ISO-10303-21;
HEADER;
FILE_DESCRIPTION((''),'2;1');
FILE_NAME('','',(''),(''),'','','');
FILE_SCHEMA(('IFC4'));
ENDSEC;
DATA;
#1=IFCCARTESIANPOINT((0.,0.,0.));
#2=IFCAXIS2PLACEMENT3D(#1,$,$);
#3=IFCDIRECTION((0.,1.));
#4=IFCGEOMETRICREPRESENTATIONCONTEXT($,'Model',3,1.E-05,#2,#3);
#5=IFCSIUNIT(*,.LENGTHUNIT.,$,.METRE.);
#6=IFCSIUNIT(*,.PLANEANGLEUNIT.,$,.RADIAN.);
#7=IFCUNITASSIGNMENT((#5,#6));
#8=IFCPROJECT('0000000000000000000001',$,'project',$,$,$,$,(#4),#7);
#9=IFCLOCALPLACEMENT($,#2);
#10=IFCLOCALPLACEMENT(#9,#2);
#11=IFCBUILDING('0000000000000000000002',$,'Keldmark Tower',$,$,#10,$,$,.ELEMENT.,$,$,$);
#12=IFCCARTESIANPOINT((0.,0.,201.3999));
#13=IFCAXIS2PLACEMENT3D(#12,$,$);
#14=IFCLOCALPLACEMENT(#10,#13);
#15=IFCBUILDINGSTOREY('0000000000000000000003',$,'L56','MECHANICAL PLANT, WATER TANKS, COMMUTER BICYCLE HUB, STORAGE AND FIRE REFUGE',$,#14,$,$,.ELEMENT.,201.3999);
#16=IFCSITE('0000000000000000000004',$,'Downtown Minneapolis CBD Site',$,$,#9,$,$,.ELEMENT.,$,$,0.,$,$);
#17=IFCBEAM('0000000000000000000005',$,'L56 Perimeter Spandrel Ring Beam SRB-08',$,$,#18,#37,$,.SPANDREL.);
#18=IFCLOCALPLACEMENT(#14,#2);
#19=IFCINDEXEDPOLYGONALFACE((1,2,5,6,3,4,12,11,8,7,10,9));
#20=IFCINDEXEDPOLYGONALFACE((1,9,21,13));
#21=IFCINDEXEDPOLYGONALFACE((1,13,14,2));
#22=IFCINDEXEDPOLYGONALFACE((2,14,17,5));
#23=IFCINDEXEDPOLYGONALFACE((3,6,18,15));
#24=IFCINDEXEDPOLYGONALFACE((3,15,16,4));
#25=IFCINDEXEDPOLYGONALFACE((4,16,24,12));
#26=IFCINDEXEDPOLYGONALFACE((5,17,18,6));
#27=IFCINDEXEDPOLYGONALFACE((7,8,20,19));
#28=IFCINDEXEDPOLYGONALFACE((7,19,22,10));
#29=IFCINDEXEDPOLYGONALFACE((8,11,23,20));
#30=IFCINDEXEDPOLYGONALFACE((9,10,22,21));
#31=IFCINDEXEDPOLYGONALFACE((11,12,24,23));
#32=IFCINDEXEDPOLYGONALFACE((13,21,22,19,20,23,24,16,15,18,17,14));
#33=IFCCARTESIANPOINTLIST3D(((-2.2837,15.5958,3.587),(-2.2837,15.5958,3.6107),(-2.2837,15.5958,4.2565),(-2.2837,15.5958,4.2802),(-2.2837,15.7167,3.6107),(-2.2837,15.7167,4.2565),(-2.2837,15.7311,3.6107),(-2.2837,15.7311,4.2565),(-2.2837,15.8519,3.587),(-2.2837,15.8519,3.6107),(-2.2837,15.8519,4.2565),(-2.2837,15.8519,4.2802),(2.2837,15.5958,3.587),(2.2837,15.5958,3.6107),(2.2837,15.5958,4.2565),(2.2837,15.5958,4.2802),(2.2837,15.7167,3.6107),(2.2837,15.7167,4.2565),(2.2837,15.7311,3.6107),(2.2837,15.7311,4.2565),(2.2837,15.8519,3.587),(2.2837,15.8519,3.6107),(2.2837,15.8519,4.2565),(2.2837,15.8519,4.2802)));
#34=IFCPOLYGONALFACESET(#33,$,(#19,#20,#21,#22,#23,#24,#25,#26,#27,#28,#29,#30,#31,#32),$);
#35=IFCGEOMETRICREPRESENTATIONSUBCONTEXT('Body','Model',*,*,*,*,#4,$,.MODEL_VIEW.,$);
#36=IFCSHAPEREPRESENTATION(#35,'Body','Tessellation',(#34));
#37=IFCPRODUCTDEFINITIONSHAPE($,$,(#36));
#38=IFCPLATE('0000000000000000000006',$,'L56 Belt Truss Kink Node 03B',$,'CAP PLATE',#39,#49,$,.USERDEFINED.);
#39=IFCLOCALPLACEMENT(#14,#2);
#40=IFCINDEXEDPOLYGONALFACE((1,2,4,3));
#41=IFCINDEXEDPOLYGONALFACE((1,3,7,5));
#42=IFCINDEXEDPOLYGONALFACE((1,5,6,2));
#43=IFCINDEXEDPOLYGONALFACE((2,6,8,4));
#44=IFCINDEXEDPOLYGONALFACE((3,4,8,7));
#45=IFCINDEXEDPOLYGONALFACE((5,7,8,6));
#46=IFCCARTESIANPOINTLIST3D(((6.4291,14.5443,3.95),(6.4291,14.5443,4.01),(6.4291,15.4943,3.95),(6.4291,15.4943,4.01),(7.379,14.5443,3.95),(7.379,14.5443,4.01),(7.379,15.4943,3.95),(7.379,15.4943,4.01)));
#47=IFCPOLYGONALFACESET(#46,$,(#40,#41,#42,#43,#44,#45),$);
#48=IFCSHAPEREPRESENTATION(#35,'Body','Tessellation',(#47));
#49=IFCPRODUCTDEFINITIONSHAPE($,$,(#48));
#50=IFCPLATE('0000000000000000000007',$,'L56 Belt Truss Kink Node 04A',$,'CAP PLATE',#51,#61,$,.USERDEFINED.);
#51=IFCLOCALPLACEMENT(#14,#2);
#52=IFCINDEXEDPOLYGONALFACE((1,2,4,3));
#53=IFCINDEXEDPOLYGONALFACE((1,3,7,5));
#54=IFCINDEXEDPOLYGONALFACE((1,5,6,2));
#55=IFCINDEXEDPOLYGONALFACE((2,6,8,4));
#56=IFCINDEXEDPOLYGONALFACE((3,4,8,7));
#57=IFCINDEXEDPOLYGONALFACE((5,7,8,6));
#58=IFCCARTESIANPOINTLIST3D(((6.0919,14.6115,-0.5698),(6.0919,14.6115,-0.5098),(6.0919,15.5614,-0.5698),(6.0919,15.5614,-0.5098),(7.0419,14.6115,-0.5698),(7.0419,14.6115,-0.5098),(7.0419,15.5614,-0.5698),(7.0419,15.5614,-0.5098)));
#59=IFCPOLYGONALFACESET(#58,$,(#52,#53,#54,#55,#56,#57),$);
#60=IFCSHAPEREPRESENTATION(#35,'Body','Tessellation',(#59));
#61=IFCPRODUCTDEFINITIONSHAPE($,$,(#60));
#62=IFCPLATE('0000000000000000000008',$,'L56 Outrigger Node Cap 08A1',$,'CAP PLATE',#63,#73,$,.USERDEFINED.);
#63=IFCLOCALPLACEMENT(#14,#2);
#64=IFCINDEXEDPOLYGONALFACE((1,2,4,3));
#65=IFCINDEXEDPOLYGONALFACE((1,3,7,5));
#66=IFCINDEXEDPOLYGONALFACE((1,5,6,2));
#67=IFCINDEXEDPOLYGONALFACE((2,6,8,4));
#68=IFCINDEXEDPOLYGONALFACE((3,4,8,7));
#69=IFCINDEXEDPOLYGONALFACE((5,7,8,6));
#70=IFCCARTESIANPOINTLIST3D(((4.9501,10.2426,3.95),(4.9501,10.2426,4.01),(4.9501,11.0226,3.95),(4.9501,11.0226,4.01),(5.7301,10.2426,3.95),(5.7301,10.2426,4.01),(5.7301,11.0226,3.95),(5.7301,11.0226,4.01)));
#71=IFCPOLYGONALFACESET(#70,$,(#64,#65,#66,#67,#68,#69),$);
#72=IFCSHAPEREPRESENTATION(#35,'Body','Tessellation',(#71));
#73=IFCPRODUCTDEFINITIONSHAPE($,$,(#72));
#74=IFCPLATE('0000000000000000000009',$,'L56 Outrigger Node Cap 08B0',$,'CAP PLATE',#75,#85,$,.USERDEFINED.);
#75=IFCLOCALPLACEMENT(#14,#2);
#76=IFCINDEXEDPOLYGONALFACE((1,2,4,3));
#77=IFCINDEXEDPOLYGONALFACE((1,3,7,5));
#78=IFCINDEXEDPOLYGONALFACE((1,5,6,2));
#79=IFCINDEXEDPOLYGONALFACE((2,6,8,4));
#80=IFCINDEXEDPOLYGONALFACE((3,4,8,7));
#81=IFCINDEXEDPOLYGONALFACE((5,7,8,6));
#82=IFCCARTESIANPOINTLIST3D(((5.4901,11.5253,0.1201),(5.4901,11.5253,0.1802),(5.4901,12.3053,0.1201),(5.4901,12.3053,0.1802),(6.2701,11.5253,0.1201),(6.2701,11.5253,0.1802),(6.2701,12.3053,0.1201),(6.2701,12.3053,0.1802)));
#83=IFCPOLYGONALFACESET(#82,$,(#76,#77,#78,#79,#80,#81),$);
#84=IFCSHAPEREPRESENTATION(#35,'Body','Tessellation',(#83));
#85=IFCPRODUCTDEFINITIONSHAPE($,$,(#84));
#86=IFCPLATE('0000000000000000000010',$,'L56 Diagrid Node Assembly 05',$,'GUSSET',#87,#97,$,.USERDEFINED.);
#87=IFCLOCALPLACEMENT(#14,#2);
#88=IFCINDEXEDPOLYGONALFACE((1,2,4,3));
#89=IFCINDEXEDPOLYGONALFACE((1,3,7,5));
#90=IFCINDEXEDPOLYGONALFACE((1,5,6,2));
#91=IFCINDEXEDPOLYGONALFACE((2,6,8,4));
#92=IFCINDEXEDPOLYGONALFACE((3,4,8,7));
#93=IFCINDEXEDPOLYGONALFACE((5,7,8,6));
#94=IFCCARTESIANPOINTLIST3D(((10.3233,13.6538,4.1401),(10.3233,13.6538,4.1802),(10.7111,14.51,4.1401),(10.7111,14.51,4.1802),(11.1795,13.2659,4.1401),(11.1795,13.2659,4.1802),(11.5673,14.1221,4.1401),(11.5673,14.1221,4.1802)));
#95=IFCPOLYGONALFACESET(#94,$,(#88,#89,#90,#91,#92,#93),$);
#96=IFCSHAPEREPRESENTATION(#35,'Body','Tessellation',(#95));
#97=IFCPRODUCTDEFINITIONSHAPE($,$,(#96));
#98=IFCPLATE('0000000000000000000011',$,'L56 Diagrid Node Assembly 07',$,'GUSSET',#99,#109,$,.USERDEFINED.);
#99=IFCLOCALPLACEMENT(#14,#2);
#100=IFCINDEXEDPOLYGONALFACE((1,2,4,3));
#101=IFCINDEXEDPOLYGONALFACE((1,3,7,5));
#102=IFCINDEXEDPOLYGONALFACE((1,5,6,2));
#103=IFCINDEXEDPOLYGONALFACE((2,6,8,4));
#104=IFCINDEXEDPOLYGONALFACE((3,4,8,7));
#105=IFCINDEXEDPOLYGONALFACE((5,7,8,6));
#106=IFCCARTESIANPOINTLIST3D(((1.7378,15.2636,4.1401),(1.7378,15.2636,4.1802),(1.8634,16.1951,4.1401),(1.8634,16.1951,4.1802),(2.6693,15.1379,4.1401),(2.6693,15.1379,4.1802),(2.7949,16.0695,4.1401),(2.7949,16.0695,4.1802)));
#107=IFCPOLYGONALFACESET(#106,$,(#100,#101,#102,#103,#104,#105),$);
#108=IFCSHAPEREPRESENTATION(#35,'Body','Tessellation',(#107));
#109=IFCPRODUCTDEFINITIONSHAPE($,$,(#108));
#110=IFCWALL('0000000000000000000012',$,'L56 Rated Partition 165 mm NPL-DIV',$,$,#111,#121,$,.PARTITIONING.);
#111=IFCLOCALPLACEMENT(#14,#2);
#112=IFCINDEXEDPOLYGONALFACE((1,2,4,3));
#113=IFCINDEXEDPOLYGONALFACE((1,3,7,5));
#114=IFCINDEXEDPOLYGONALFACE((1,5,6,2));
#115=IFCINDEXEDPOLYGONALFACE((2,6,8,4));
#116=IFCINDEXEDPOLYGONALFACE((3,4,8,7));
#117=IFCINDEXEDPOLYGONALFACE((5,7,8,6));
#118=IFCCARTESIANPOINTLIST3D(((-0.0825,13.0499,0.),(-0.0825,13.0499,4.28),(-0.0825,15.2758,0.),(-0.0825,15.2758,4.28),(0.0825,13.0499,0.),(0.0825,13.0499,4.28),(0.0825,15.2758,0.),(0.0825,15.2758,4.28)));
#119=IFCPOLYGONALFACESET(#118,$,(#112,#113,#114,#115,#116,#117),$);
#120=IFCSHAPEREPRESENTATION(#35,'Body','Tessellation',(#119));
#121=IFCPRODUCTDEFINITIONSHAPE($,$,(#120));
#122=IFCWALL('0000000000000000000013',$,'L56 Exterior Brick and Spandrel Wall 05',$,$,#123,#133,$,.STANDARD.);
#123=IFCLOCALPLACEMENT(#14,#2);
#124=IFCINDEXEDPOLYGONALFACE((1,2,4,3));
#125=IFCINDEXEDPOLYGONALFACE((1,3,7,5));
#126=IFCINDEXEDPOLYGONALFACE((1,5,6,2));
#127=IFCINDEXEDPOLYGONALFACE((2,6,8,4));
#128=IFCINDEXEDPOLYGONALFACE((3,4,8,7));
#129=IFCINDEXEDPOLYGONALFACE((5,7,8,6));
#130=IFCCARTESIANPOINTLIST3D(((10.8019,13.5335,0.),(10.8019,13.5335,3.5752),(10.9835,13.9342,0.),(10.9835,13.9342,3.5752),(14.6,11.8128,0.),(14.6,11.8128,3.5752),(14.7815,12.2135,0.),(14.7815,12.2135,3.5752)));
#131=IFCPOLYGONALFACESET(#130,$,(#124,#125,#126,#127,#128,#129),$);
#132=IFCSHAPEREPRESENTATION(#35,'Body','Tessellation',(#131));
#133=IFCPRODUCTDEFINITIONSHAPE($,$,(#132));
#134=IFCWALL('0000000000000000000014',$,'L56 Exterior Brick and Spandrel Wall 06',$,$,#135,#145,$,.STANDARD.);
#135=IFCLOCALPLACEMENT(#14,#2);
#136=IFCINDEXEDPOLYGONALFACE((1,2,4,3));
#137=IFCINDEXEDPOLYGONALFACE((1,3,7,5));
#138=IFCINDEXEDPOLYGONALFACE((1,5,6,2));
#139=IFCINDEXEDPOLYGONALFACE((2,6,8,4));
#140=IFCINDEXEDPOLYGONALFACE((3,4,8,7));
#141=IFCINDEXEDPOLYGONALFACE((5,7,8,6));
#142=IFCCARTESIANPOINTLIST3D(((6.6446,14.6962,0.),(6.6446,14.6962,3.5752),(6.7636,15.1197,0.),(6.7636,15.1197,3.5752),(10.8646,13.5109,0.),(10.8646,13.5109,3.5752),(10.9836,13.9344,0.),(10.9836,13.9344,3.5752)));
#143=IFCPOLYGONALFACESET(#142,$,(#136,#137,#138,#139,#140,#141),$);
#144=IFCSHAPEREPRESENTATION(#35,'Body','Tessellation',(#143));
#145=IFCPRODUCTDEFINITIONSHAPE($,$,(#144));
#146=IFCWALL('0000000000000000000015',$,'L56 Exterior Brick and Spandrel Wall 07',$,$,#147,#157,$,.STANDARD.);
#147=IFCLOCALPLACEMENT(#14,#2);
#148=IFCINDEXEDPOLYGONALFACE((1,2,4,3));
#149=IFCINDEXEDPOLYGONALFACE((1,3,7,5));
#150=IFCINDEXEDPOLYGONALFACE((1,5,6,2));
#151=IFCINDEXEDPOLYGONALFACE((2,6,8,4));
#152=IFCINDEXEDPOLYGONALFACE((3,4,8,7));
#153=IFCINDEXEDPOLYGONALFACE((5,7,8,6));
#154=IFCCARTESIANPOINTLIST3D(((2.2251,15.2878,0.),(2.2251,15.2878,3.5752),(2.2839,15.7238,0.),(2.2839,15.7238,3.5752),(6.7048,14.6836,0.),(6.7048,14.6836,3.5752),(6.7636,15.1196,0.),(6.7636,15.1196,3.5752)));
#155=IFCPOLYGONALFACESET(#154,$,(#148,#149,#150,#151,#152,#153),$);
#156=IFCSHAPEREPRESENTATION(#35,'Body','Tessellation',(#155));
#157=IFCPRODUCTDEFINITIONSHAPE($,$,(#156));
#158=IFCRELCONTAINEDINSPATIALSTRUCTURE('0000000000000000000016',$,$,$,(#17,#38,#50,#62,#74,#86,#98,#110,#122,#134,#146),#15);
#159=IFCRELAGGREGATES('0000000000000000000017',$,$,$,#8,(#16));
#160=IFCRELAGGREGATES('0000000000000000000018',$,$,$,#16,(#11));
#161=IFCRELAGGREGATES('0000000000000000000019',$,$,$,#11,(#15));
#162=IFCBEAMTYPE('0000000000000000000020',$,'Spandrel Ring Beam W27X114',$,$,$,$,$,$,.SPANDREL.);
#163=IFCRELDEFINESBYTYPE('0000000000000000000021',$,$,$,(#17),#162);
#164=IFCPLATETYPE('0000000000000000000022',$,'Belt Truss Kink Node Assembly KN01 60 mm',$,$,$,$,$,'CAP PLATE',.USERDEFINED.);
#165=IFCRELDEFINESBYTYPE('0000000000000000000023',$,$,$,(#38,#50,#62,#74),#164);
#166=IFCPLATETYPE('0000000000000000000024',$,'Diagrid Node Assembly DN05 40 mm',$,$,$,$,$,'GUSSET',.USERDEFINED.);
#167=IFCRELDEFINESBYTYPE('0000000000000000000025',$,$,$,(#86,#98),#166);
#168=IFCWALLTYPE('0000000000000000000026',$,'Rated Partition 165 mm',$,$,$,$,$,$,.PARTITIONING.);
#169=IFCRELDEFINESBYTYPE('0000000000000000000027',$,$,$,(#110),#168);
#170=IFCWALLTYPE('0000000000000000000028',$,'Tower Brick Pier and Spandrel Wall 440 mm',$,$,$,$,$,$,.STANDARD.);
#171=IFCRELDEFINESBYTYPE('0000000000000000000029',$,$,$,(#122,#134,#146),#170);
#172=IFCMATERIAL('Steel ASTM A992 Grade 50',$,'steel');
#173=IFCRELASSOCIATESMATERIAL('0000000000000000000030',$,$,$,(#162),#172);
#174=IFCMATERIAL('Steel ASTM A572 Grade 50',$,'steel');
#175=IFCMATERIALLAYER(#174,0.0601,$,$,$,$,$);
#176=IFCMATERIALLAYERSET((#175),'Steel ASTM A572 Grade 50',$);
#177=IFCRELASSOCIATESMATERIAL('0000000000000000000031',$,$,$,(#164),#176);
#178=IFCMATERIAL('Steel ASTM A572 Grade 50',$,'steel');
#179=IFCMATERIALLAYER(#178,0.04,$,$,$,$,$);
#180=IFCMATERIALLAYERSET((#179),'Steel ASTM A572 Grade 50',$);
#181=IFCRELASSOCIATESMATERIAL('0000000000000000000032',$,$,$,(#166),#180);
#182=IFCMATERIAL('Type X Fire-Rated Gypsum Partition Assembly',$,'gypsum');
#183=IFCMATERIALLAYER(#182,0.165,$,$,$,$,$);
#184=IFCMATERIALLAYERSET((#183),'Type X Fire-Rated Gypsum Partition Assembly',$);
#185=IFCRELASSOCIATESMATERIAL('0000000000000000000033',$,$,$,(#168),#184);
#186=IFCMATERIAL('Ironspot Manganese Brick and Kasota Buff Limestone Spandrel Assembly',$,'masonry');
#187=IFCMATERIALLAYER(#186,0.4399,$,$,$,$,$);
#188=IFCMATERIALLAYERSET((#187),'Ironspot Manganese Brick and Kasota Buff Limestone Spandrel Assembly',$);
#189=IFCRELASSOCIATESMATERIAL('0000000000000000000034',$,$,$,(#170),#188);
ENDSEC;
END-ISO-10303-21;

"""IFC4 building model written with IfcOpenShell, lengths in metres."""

from ifc_helpers import new_model, si_unit, direction, frame, frame_2d, origin, origin_2d, place, context, subcontext, project, spatial, rectangle, i_section, extrude, material, layer, layer_set, material_profile, profile_set, type_object, element, save


model = new_model("IFC4")

# Units and contexts
model_context = context("Model", 3, precision=1e-05, world=origin(), true_north=direction((0.0, 1.0)))
body_context = subcontext(model_context, "Body", "Model", "MODEL_VIEW")
ifc_project = project(units=[si_unit("LENGTHUNIT", "METRE"), si_unit("PLANEANGLEUNIT", "RADIAN")], contexts=[model_context])

# Site, building, storey
site_placement = place(None, origin())
site = spatial("IfcSite", under=ifc_project, at=site_placement, Name="Downtown Minneapolis CBD Site", CompositionType="ELEMENT", RefElevation=0.0)
building_placement = place(site_placement, origin())
building = spatial("IfcBuilding", under=site, at=building_placement, Name="Keldmark Tower", CompositionType="ELEMENT")
storey_placement = place(building_placement, frame((0.0, 0.0, 201.3999)))
storey = spatial("IfcBuildingStorey", under=building, at=storey_placement, Name="L56", Description="MECHANICAL PLANT, WATER TANKS, COMMUTER BICYCLE HUB, STORAGE AND FIRE REFUGE", CompositionType="ELEMENT", Elevation=201.3999)

# Beam
ifc_material_1 = material(Name="Steel ASTM A992 Grade 50", Category="steel")
ifc_material_profile_1 = material_profile(ifc_material_1, i_section(OverallWidth=0.2561, OverallDepth=0.6931, WebThickness=0.0144, FlangeThickness=0.0237, at=origin_2d()), Name="W27X114")
ifc_profile_set_1 = profile_set([ifc_material_profile_1], Name="Steel ASTM A992 Grade 50")
beam_type_1 = type_object("IfcBeamType", Name="Spandrel Ring Beam W27X114", PredefinedType="SPANDREL", material=ifc_profile_set_1)
beam_1_placement = place(storey_placement, frame((2.2837, 15.7239, 3.9336), z_axis=(-1.0, 0.0, 0.0), x_axis=(0.0, -1.0, 0.0)))
element("IfcBeam", 1, at=beam_1_placement, inside=storey, type_object=beam_type_1, Name="L56 Perimeter Spandrel Ring Beam SRB-08", PredefinedType="SPANDREL", context=body_context, shape_type="SweptSolid", body=[
    extrude(i_section(OverallWidth=0.2561, OverallDepth=0.6931, WebThickness=0.0144, FlangeThickness=0.0237, at=origin_2d()), origin(), (0.0, 0.0, 1.0), 4.5674),
])

# Plates
ifc_material_2 = material(Name="Steel ASTM A572 Grade 50", Category="steel")
ifc_layer_1 = layer(ifc_material_2, 0.0601)
ifc_layer_set_1 = layer_set([ifc_layer_1], Name="Steel ASTM A572 Grade 50")
plate_type_1 = type_object("IfcPlateType", Name="Belt Truss Kink Node Assembly KN01 60 mm", ElementType="CAP PLATE", PredefinedType="USERDEFINED", material=ifc_layer_set_1)
for number, where, z_axis, x_axis, name in (
    (2, (6.9041, 15.0193, 3.95), (0.0, 0.0, 1.0), (1.0, 0.0, 0.0), "L56 Belt Truss Kink Node 03B"),
    (3, (6.5669, 15.0864, -0.5698), (0.0, 0.0, 1.0), (1.0, 0.0, 0.0), "L56 Belt Truss Kink Node 04A"),
):
    element("IfcPlate", number, at=place(storey_placement, frame(where, z_axis=z_axis, x_axis=x_axis)), inside=storey, type_object=plate_type_1, Name=name, ObjectType="CAP PLATE", PredefinedType="USERDEFINED", context=body_context, shape_type="SweptSolid", body=[
        extrude(rectangle(XDim=0.95, YDim=0.95, at=origin_2d()), origin(), (0.0, 0.0, 1.0), 0.0601),
    ])
for number, where, z_axis, x_axis, name in (
    (4, (5.3401, 10.6326, 3.95), (0.0, 0.0, 1.0), (1.0, 0.0, 0.0), "L56 Outrigger Node Cap 08A1"),
    (5, (5.8801, 11.9153, 0.1201), (0.0, 0.0, 1.0), (1.0, 0.0, 0.0), "L56 Outrigger Node Cap 08B0"),
):
    element("IfcPlate", number, at=place(storey_placement, frame(where, z_axis=z_axis, x_axis=x_axis)), inside=storey, type_object=plate_type_1, Name=name, ObjectType="CAP PLATE", PredefinedType="USERDEFINED", context=body_context, shape_type="SweptSolid", body=[
        extrude(rectangle(XDim=0.78, YDim=0.78, at=origin_2d()), origin(), (0.0, 0.0, 1.0), 0.0601),
    ])
ifc_material_3 = material(Name="Steel ASTM A572 Grade 50", Category="steel")
ifc_layer_2 = layer(ifc_material_3, 0.04)
ifc_layer_set_2 = layer_set([ifc_layer_2], Name="Steel ASTM A572 Grade 50")
plate_type_2 = type_object("IfcPlateType", Name="Diagrid Node Assembly DN05 40 mm", ElementType="GUSSET", PredefinedType="USERDEFINED", material=ifc_layer_set_2)
for number, where, z_axis, x_axis, name in (
    (6, (10.9453, 13.8879, 4.1401), (0.0, 0.0, 1.0), (-0.9109, 0.412628, 0.0), "L56 Diagrid Node Assembly 05"),
    (7, (2.2664, 15.6665, 4.1401), (0.0, 0.0, 1.0), (-0.99103, 0.13364, 0.0), "L56 Diagrid Node Assembly 07"),
):
    element("IfcPlate", number, at=place(storey_placement, frame(where, z_axis=z_axis, x_axis=x_axis)), inside=storey, type_object=plate_type_2, Name=name, ObjectType="GUSSET", PredefinedType="USERDEFINED", context=body_context, shape_type="SweptSolid", body=[
        extrude(rectangle(XDim=0.9399, YDim=0.9399, at=origin_2d()), origin(), (0.0, 0.0, 1.0), 0.04),
    ])

# Walls
ifc_material_4 = material(Name="Type X Fire-Rated Gypsum Partition Assembly", Category="gypsum")
ifc_layer_3 = layer(ifc_material_4, 0.165)
ifc_layer_set_3 = layer_set([ifc_layer_3], Name="Type X Fire-Rated Gypsum Partition Assembly")
wall_type_1 = type_object("IfcWallType", Name="Rated Partition 165 mm", PredefinedType="PARTITIONING", material=ifc_layer_set_3)
wall_1_placement = place(storey_placement, frame((0.0, 13.05, 0.0), z_axis=(0.0, 0.0, 1.0), x_axis=(0.0, 1.0, 0.0)))
element("IfcWall", 8, at=wall_1_placement, inside=storey, type_object=wall_type_1, Name="L56 Rated Partition 165 mm NPL-DIV", PredefinedType="PARTITIONING", context=body_context, shape_type="SweptSolid", body=[
    extrude(rectangle(XDim=2.2258, YDim=0.165, at=frame_2d((1.1128, 0.0))), origin(), (0.0, 0.0, 1.0), 4.28),
])
ifc_material_5 = material(Name="Ironspot Manganese Brick and Kasota Buff Limestone Spandrel Assembly", Category="masonry")
ifc_layer_4 = layer(ifc_material_5, 0.4399)
ifc_layer_set_4 = layer_set([ifc_layer_4], Name="Ironspot Manganese Brick and Kasota Buff Limestone Spandrel Assembly")
wall_type_2 = type_object("IfcWallType", Name="Tower Brick Pier and Spandrel Wall 440 mm", PredefinedType="STANDARD", material=ifc_layer_set_4)
wall_2_placement = place(storey_placement, frame((10.8926, 13.7339, 0.0), z_axis=(0.0, 0.0, 1.0), x_axis=(0.910881, -0.412669, 0.0)))
element("IfcWall", 9, at=wall_2_placement, inside=storey, type_object=wall_type_2, Name="L56 Exterior Brick and Spandrel Wall 05", PredefinedType="STANDARD", context=body_context, shape_type="SweptSolid", body=[
    extrude(rectangle(XDim=4.1697, YDim=0.4399, at=frame_2d((2.085, 0.0))), origin(), (0.0, 0.0, 1.0), 3.5752),
])
wall_3_placement = place(storey_placement, frame((6.7041, 14.908, 0.0), z_axis=(0.0, 0.0, 1.0), x_axis=(0.962744, -0.270415, 0.0)))
element("IfcWall", 10, at=wall_3_placement, inside=storey, type_object=wall_type_2, Name="L56 Exterior Brick and Spandrel Wall 06", PredefinedType="STANDARD", context=body_context, shape_type="SweptSolid", body=[
    extrude(rectangle(XDim=4.3833, YDim=0.4399, at=frame_2d((2.1917, 0.0))), origin(), (0.0, 0.0, 1.0), 3.5752),
])
wall_4_placement = place(storey_placement, frame((2.2544, 15.5059, 0.0), z_axis=(0.0, 0.0, 1.0), x_axis=(0.991025, -0.133674, 0.0)))
element("IfcWall", 11, at=wall_4_placement, inside=storey, type_object=wall_type_2, Name="L56 Exterior Brick and Spandrel Wall 07", PredefinedType="STANDARD", context=body_context, shape_type="SweptSolid", body=[
    extrude(rectangle(XDim=4.5203, YDim=0.4399, at=frame_2d((2.2603, 0.0))), origin(), (0.0, 0.0, 1.0), 3.5752),
])

save(model, "model.ifc")
